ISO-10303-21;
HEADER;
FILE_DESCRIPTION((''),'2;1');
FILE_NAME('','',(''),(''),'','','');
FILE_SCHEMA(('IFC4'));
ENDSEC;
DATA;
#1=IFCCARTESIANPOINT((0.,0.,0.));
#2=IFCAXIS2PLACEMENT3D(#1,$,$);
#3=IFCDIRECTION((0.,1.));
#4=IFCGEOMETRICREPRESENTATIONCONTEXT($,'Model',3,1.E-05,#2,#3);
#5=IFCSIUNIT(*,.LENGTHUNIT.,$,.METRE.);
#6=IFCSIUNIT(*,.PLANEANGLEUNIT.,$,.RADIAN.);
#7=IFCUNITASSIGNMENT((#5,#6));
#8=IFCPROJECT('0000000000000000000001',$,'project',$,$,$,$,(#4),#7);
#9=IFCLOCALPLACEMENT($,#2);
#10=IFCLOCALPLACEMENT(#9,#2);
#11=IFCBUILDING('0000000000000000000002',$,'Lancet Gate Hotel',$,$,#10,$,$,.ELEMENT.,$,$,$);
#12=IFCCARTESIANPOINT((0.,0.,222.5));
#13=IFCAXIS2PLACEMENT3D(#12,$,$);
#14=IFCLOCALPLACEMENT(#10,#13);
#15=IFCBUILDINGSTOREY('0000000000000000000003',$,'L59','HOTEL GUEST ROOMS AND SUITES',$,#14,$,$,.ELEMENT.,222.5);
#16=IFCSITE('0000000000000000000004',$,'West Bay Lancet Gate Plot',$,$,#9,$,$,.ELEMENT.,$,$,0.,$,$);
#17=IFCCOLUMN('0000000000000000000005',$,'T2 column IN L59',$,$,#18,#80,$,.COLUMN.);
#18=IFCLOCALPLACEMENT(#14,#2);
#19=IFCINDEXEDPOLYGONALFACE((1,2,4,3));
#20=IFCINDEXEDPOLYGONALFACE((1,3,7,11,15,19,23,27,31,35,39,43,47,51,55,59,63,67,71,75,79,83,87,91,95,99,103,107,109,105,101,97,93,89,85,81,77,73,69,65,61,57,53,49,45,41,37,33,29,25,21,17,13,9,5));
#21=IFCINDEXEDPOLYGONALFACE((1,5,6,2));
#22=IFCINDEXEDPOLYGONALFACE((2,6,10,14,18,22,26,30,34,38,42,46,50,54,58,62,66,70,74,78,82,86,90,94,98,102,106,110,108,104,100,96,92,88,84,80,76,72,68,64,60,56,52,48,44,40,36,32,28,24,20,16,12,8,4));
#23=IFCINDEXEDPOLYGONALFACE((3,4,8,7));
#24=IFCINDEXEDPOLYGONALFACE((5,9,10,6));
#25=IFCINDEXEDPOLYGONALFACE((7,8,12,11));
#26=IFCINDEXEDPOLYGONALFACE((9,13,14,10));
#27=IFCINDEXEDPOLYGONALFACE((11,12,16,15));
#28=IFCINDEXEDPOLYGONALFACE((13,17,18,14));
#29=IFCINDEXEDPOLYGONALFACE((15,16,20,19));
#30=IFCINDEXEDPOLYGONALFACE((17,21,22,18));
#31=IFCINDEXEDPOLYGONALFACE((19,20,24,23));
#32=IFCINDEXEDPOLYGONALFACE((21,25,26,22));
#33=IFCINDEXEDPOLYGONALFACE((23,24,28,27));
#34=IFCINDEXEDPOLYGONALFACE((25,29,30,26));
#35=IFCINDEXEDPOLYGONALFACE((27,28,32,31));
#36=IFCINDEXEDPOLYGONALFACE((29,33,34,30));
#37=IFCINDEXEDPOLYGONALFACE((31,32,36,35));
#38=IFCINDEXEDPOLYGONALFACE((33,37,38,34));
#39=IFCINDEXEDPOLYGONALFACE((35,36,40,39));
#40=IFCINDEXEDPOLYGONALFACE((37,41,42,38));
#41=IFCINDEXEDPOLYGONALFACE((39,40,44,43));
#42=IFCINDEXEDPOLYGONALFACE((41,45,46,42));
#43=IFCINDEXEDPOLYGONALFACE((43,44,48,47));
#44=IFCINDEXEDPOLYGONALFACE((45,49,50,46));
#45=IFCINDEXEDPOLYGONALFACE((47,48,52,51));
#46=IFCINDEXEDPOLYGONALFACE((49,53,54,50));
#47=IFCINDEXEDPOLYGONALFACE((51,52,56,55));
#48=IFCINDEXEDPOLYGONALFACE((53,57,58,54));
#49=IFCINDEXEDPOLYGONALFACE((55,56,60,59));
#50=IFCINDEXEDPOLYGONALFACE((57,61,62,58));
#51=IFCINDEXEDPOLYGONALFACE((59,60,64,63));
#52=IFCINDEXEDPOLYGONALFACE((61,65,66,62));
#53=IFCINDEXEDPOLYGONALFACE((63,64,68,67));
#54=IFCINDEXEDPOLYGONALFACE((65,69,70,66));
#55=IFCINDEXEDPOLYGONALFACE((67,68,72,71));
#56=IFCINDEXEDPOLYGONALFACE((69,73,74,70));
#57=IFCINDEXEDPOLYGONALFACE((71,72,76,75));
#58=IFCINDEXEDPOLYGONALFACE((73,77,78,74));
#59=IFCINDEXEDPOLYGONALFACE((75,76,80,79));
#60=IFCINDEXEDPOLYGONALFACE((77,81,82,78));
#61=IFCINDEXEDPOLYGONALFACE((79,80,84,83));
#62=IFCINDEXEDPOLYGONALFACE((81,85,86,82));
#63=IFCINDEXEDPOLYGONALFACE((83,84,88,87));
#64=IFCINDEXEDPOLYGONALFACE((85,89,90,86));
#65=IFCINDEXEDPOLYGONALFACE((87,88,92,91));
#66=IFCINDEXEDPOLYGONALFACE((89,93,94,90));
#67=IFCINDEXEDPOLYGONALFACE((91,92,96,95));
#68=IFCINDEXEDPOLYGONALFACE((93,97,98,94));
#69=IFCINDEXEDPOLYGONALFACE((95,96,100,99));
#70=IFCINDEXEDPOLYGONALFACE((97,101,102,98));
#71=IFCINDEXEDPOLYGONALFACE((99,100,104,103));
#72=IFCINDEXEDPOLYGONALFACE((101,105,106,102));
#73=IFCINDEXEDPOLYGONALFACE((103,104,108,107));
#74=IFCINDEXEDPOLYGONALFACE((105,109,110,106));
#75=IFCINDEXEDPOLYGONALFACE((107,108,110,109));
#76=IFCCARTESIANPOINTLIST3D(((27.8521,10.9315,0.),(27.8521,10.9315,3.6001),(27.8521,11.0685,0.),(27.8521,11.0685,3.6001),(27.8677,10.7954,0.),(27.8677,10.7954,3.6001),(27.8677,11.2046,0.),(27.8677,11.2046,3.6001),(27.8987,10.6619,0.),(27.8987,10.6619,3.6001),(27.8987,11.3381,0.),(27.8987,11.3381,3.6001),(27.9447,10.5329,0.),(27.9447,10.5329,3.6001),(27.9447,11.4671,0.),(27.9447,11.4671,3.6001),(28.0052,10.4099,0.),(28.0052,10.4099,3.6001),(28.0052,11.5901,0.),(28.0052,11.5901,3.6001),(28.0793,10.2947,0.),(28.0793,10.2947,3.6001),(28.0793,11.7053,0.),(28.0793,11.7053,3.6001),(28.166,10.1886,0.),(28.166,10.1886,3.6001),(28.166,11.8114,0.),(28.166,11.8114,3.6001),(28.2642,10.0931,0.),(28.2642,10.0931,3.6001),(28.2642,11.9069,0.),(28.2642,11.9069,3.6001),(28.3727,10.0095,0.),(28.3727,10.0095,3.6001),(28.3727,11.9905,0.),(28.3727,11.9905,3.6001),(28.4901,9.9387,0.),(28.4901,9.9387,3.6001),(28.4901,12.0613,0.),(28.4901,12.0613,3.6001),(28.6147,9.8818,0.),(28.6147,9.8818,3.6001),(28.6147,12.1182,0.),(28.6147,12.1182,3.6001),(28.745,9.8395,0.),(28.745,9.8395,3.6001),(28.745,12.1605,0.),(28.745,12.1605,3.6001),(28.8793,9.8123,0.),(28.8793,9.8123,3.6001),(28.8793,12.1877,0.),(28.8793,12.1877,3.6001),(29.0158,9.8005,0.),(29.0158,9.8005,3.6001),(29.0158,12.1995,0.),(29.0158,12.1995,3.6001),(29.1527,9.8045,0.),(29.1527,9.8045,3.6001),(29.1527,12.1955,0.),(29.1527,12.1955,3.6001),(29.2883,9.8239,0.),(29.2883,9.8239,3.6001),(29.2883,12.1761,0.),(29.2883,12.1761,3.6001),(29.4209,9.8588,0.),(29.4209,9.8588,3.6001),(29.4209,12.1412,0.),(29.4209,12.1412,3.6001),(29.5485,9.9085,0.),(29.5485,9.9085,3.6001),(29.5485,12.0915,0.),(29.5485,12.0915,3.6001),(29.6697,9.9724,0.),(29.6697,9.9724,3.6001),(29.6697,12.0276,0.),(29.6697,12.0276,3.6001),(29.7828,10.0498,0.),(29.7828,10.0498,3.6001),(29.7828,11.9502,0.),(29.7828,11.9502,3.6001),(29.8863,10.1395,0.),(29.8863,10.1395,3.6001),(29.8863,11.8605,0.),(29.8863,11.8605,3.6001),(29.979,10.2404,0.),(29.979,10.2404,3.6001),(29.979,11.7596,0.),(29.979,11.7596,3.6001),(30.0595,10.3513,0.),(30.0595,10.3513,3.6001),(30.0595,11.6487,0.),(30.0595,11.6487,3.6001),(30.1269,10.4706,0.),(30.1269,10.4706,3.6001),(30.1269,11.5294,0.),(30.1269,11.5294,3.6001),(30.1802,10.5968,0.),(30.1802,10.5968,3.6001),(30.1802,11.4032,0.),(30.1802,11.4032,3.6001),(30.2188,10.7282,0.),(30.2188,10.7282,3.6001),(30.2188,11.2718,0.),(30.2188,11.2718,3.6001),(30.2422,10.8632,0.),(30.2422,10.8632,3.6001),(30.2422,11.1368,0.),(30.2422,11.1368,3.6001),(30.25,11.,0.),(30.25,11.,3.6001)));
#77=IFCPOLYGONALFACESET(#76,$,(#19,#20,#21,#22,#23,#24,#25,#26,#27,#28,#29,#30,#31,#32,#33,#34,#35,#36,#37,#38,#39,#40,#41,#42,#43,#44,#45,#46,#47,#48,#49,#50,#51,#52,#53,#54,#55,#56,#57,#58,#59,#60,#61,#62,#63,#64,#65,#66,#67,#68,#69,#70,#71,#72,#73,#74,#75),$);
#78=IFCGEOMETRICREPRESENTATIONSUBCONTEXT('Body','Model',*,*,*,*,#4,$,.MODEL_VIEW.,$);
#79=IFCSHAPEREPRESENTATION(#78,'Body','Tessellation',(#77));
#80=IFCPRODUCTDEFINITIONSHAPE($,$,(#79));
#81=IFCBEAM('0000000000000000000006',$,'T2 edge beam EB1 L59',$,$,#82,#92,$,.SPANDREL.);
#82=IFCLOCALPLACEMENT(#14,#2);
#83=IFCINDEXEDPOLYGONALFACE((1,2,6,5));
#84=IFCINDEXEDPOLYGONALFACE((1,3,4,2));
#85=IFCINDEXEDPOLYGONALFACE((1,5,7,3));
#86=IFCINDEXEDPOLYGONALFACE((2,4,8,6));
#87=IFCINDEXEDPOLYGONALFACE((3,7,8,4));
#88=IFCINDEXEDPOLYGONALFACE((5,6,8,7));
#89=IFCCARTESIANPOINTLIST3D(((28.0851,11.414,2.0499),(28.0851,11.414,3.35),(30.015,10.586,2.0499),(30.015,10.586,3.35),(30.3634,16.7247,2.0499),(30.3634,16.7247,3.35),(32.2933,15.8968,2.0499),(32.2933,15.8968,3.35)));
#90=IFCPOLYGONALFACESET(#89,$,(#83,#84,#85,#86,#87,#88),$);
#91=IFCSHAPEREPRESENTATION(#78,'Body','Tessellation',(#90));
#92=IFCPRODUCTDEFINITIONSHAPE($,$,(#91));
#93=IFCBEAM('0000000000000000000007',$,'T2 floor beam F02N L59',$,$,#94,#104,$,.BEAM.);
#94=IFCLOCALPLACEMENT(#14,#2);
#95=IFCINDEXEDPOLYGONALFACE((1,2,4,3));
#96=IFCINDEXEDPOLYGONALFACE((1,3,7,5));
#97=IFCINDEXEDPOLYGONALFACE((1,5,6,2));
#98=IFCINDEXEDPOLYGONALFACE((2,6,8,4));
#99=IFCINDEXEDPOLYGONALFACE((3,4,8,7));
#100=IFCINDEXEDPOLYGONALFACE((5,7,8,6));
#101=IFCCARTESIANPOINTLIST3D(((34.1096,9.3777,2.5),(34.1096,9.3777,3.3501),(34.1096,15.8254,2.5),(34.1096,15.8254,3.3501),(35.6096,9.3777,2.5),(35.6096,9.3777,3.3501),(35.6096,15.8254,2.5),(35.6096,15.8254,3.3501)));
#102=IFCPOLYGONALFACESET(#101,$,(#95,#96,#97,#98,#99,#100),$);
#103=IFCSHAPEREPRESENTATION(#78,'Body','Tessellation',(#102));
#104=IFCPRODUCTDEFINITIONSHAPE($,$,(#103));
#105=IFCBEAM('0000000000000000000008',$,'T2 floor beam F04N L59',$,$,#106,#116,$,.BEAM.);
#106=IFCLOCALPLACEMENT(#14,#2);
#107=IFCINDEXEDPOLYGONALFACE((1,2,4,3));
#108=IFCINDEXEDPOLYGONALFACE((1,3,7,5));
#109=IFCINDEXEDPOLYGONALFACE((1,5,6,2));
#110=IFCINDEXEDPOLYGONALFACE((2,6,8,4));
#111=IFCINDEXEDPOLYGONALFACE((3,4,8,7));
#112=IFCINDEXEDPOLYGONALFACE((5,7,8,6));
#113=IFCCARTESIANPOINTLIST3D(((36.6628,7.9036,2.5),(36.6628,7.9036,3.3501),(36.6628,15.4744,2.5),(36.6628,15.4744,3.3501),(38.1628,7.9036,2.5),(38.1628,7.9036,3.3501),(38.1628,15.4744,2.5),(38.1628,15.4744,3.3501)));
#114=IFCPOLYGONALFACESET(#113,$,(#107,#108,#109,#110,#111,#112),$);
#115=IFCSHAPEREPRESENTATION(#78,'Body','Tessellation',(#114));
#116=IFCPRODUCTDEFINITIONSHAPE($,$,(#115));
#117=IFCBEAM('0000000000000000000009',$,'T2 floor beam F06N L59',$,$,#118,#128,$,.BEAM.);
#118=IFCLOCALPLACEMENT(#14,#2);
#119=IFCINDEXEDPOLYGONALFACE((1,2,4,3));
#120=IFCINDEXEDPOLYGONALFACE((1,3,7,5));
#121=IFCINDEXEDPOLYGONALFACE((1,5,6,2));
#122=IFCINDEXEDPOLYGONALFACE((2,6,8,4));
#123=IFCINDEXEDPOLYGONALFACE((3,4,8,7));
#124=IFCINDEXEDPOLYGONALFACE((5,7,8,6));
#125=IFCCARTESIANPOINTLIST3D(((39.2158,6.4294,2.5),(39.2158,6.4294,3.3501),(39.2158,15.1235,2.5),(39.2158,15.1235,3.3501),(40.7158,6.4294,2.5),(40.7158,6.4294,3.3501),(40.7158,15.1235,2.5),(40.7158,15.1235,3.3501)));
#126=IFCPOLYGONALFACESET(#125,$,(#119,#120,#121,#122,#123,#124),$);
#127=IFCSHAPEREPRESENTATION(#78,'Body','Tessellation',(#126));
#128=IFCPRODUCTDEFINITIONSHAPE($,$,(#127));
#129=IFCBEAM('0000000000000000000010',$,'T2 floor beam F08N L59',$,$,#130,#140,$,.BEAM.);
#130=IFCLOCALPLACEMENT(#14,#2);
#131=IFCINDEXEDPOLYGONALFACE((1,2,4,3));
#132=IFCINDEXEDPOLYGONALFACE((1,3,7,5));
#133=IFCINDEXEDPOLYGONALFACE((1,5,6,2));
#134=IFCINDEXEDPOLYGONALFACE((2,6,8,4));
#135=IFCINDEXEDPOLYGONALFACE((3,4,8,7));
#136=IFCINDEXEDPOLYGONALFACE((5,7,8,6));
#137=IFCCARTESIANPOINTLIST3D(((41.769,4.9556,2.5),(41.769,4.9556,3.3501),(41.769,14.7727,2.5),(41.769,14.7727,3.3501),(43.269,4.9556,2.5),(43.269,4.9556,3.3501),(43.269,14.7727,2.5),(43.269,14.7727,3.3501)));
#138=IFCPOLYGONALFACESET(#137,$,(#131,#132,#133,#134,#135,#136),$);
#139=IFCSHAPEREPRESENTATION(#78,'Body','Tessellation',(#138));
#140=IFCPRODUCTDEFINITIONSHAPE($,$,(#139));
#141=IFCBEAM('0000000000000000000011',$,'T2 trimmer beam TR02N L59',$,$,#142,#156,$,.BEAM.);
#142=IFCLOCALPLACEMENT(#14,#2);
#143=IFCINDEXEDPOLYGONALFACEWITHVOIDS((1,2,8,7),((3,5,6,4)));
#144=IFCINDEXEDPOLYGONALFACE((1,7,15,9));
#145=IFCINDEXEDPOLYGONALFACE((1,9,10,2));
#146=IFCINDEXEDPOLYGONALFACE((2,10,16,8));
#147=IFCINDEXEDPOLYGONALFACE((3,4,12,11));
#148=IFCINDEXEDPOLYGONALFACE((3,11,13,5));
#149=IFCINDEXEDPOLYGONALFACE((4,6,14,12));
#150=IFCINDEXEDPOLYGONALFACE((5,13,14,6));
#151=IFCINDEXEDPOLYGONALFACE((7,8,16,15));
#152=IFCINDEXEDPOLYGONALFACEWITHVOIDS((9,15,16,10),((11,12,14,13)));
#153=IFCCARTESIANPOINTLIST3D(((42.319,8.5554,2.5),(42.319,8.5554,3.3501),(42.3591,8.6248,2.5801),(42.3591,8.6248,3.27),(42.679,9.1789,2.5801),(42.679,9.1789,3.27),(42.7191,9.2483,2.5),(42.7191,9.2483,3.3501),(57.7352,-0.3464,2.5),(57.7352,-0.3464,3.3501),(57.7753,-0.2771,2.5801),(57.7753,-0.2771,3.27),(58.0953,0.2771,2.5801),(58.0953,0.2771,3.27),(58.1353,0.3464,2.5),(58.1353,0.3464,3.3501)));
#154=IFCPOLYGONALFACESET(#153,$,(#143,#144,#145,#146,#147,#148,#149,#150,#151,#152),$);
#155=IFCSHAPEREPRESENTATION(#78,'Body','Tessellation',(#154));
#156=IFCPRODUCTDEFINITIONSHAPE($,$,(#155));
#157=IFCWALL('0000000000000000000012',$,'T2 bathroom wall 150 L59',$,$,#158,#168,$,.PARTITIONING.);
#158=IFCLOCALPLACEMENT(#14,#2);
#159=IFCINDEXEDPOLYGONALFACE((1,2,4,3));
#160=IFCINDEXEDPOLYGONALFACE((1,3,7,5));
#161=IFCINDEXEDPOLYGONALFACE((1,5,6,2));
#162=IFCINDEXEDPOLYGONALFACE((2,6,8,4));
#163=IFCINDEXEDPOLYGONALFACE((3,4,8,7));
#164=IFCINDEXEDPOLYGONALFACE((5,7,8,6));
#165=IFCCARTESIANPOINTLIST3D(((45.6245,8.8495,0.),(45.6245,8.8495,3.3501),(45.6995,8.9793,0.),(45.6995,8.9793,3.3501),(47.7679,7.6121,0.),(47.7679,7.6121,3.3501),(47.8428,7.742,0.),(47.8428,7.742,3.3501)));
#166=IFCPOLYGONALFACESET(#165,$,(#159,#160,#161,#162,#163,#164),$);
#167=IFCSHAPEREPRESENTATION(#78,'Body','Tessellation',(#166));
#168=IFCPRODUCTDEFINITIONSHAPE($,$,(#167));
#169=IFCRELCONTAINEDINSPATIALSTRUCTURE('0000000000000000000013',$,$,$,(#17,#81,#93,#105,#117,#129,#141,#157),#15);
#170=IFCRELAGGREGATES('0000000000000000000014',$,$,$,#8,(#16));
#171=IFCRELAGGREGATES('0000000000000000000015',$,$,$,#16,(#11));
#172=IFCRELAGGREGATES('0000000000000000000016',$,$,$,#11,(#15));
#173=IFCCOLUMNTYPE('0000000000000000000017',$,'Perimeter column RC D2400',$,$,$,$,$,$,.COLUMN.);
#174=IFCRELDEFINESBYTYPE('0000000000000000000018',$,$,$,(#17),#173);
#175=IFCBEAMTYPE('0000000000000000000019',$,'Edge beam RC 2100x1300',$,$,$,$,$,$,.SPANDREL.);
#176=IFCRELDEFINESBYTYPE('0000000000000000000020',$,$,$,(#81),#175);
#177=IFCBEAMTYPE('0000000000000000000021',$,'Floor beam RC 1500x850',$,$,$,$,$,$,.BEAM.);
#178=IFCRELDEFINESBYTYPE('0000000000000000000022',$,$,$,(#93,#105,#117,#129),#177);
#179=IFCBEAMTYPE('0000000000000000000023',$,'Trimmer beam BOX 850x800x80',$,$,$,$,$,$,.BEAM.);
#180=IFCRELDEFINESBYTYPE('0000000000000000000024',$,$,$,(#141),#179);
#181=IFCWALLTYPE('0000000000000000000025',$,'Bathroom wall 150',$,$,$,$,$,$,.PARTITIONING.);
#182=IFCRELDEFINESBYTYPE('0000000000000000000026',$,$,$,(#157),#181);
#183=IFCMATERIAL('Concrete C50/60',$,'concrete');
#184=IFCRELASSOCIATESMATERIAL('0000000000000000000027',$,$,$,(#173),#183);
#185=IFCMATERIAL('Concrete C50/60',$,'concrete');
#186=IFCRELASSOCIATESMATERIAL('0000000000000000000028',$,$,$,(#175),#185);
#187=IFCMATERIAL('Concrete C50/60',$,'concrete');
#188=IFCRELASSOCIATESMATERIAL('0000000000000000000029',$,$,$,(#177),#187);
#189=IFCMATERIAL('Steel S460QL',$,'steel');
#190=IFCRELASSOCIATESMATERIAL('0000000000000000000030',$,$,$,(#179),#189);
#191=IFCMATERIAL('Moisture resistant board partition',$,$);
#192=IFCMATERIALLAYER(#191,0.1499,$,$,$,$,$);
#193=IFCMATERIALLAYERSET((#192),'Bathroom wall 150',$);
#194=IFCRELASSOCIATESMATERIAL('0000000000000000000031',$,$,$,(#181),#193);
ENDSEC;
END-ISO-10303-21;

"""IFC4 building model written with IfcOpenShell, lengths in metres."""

from ifc_helpers import new_model, si_unit, direction, frame, frame_2d, origin, origin_2d, place, context, subcontext, project, spatial, rectangle, hollow_rectangle, circle, extrude, material, layer, layer_set, material_profile, profile_set, type_object, element, save


model = new_model("IFC4")

# Units and contexts
model_context = context("Model", 3, precision=1e-05, world=origin(), true_north=direction((0.0, 1.0)))
body_context = subcontext(model_context, "Body", "Model", "MODEL_VIEW")
ifc_project = project(units=[si_unit("LENGTHUNIT", "METRE"), si_unit("PLANEANGLEUNIT", "RADIAN")], contexts=[model_context])

# Site, building, storey
site_placement = place(None, origin())
site = spatial("IfcSite", under=ifc_project, at=site_placement, Name="West Bay Lancet Gate Plot", CompositionType="ELEMENT", RefElevation=0.0)
building_placement = place(site_placement, origin())
building = spatial("IfcBuilding", under=site, at=building_placement, Name="Lancet Gate Hotel", CompositionType="ELEMENT")
storey_placement = place(building_placement, frame((0.0, 0.0, 222.5)))
storey = spatial("IfcBuildingStorey", under=building, at=storey_placement, Name="L59", Description="HOTEL GUEST ROOMS AND SUITES", CompositionType="ELEMENT", Elevation=222.5)

# Column
ifc_material_1 = material(Name="Concrete C50/60", Category="concrete")
ifc_material_profile_1 = material_profile(ifc_material_1, circle(Radius=1.2, at=origin_2d()), Name="RC D2400")
ifc_profile_set_1 = profile_set([ifc_material_profile_1], Name="Concrete C50/60")
column_type = type_object("IfcColumnType", Name="Perimeter column RC D2400", PredefinedType="COLUMN", material=ifc_profile_set_1)
column_placement = place(storey_placement, frame((29.05, 11.0, 0.0), z_axis=(0.0, 0.0, 1.0), x_axis=(1.0, 0.0, 0.0)))
element("IfcColumn", 1, at=column_placement, inside=storey, type_object=column_type, Name="T2 column IN L59", PredefinedType="COLUMN", context=body_context, shape_type="SweptSolid", body=[
    extrude(circle(Radius=1.2, at=origin_2d()), origin(), (0.0, 0.0, 1.0), 3.6001),
])

# Beams
ifc_material_2 = material(Name="Concrete C50/60", Category="concrete")
ifc_material_profile_2 = material_profile(ifc_material_2, rectangle(XDim=2.1001, YDim=1.3, at=origin_2d()), Name="RC 2100x1300")
ifc_profile_set_2 = profile_set([ifc_material_profile_2], Name="Concrete C50/60")
beam_type_1 = type_object("IfcBeamType", Name="Edge beam RC 2100x1300", PredefinedType="SPANDREL", material=ifc_profile_set_2)
beam_1_placement = place(storey_placement, frame((29.05, 11.0, 2.7), z_axis=(0.394251, 0.919003, 0.0), x_axis=(-0.919003, 0.394251, 0.0)))
element("IfcBeam", 2, at=beam_1_placement, inside=storey, type_object=beam_type_1, Name="T2 edge beam EB1 L59", PredefinedType="SPANDREL", context=body_context, shape_type="SweptSolid", body=[
    extrude(rectangle(XDim=2.1001, YDim=1.3, at=origin_2d()), origin(), (0.0, 0.0, 1.0), 5.7788),
])
ifc_material_3 = material(Name="Concrete C50/60", Category="concrete")
ifc_material_profile_3 = material_profile(ifc_material_3, rectangle(XDim=1.5, YDim=0.8501, at=origin_2d()), Name="RC 1500x850")
ifc_profile_set_3 = profile_set([ifc_material_profile_3], Name="Concrete C50/60")
beam_type_2 = type_object("IfcBeamType", Name="Floor beam RC 1500x850", PredefinedType="BEAM", material=ifc_profile_set_3)
beam_2_placement = place(storey_placement, frame((34.8596, 9.3777, 2.925), z_axis=(0.0, 1.0, 0.0), x_axis=(-1.0, 0.0, 0.0)))
element("IfcBeam", 3, at=beam_2_placement, inside=storey, type_object=beam_type_2, Name="T2 floor beam F02N L59", PredefinedType="BEAM", context=body_context, shape_type="SweptSolid", body=[
    extrude(rectangle(XDim=1.5, YDim=0.8501, at=origin_2d()), origin(), (0.0, 0.0, 1.0), 6.4478),
])
beam_3_placement = place(storey_placement, frame((37.4128, 7.9036, 2.925), z_axis=(0.0, 1.0, 0.0), x_axis=(-1.0, 0.0, 0.0)))
element("IfcBeam", 4, at=beam_3_placement, inside=storey, type_object=beam_type_2, Name="T2 floor beam F04N L59", PredefinedType="BEAM", context=body_context, shape_type="SweptSolid", body=[
    extrude(rectangle(XDim=1.5, YDim=0.8501, at=origin_2d()), origin(), (0.0, 0.0, 1.0), 7.5708),
])
beam_4_placement = place(storey_placement, frame((39.9658, 6.4294, 2.925), z_axis=(0.0, 1.0, 0.0), x_axis=(-1.0, 0.0, 0.0)))
element("IfcBeam", 5, at=beam_4_placement, inside=storey, type_object=beam_type_2, Name="T2 floor beam F06N L59", PredefinedType="BEAM", context=body_context, shape_type="SweptSolid", body=[
    extrude(rectangle(XDim=1.5, YDim=0.8501, at=origin_2d()), origin(), (0.0, 0.0, 1.0), 8.6941),
])
beam_5_placement = place(storey_placement, frame((42.519, 4.9556, 2.925), z_axis=(0.0, 1.0, 0.0), x_axis=(-1.0, 0.0, 0.0)))
element("IfcBeam", 6, at=beam_5_placement, inside=storey, type_object=beam_type_2, Name="T2 floor beam F08N L59", PredefinedType="BEAM", context=body_context, shape_type="SweptSolid", body=[
    extrude(rectangle(XDim=1.5, YDim=0.8501, at=origin_2d()), origin(), (0.0, 0.0, 1.0), 9.8171),
])
ifc_material_4 = material(Name="Steel S460QL", Category="steel")
ifc_material_profile_4 = material_profile(ifc_material_4, hollow_rectangle(XDim=0.8, YDim=0.8501, WallThickness=0.0801, at=origin_2d()), Name="BOX 850x800x80")
ifc_profile_set_4 = profile_set([ifc_material_profile_4], Name="Steel S460QL")
beam_type_3 = type_object("IfcBeamType", Name="Trimmer beam BOX 850x800x80", PredefinedType="BEAM", material=ifc_profile_set_4)
beam_6_placement = place(storey_placement, frame((42.519, 8.9019, 2.925), z_axis=(0.865994, -0.500054, 0.0), x_axis=(0.500054, 0.865994, 0.0)))
element("IfcBeam", 7, at=beam_6_placement, inside=storey, type_object=beam_type_3, Name="T2 trimmer beam TR02N L59", PredefinedType="BEAM", context=body_context, shape_type="SweptSolid", body=[
    extrude(hollow_rectangle(XDim=0.8, YDim=0.8501, WallThickness=0.0801, at=origin_2d()), origin(), (0.0, 0.0, 1.0), 17.8018),
])

# Wall
ifc_material_5 = material(Name="Moisture resistant board partition")
ifc_layer_1 = layer(ifc_material_5, 0.1499)
ifc_layer_set_1 = layer_set([ifc_layer_1], Name="Bathroom wall 150")
wall_type_1 = type_object("IfcWallType", Name="Bathroom wall 150", PredefinedType="PARTITIONING", material=ifc_layer_set_1)
wall_1_placement = place(storey_placement, frame((45.6621, 8.9143, 0.0), z_axis=(0.0, 0.0, 1.0), x_axis=(0.866049, -0.499959, 0.0)))
element("IfcWall", 8, at=wall_1_placement, inside=storey, type_object=wall_type_1, Name="T2 bathroom wall 150 L59", PredefinedType="PARTITIONING", context=body_context, shape_type="SweptSolid", body=[
    extrude(rectangle(XDim=2.4749, YDim=0.1499, at=frame_2d((1.2373, 0.0))), origin(), (0.0, 0.0, 1.0), 3.3501),
])

save(model, "model.ifc")
